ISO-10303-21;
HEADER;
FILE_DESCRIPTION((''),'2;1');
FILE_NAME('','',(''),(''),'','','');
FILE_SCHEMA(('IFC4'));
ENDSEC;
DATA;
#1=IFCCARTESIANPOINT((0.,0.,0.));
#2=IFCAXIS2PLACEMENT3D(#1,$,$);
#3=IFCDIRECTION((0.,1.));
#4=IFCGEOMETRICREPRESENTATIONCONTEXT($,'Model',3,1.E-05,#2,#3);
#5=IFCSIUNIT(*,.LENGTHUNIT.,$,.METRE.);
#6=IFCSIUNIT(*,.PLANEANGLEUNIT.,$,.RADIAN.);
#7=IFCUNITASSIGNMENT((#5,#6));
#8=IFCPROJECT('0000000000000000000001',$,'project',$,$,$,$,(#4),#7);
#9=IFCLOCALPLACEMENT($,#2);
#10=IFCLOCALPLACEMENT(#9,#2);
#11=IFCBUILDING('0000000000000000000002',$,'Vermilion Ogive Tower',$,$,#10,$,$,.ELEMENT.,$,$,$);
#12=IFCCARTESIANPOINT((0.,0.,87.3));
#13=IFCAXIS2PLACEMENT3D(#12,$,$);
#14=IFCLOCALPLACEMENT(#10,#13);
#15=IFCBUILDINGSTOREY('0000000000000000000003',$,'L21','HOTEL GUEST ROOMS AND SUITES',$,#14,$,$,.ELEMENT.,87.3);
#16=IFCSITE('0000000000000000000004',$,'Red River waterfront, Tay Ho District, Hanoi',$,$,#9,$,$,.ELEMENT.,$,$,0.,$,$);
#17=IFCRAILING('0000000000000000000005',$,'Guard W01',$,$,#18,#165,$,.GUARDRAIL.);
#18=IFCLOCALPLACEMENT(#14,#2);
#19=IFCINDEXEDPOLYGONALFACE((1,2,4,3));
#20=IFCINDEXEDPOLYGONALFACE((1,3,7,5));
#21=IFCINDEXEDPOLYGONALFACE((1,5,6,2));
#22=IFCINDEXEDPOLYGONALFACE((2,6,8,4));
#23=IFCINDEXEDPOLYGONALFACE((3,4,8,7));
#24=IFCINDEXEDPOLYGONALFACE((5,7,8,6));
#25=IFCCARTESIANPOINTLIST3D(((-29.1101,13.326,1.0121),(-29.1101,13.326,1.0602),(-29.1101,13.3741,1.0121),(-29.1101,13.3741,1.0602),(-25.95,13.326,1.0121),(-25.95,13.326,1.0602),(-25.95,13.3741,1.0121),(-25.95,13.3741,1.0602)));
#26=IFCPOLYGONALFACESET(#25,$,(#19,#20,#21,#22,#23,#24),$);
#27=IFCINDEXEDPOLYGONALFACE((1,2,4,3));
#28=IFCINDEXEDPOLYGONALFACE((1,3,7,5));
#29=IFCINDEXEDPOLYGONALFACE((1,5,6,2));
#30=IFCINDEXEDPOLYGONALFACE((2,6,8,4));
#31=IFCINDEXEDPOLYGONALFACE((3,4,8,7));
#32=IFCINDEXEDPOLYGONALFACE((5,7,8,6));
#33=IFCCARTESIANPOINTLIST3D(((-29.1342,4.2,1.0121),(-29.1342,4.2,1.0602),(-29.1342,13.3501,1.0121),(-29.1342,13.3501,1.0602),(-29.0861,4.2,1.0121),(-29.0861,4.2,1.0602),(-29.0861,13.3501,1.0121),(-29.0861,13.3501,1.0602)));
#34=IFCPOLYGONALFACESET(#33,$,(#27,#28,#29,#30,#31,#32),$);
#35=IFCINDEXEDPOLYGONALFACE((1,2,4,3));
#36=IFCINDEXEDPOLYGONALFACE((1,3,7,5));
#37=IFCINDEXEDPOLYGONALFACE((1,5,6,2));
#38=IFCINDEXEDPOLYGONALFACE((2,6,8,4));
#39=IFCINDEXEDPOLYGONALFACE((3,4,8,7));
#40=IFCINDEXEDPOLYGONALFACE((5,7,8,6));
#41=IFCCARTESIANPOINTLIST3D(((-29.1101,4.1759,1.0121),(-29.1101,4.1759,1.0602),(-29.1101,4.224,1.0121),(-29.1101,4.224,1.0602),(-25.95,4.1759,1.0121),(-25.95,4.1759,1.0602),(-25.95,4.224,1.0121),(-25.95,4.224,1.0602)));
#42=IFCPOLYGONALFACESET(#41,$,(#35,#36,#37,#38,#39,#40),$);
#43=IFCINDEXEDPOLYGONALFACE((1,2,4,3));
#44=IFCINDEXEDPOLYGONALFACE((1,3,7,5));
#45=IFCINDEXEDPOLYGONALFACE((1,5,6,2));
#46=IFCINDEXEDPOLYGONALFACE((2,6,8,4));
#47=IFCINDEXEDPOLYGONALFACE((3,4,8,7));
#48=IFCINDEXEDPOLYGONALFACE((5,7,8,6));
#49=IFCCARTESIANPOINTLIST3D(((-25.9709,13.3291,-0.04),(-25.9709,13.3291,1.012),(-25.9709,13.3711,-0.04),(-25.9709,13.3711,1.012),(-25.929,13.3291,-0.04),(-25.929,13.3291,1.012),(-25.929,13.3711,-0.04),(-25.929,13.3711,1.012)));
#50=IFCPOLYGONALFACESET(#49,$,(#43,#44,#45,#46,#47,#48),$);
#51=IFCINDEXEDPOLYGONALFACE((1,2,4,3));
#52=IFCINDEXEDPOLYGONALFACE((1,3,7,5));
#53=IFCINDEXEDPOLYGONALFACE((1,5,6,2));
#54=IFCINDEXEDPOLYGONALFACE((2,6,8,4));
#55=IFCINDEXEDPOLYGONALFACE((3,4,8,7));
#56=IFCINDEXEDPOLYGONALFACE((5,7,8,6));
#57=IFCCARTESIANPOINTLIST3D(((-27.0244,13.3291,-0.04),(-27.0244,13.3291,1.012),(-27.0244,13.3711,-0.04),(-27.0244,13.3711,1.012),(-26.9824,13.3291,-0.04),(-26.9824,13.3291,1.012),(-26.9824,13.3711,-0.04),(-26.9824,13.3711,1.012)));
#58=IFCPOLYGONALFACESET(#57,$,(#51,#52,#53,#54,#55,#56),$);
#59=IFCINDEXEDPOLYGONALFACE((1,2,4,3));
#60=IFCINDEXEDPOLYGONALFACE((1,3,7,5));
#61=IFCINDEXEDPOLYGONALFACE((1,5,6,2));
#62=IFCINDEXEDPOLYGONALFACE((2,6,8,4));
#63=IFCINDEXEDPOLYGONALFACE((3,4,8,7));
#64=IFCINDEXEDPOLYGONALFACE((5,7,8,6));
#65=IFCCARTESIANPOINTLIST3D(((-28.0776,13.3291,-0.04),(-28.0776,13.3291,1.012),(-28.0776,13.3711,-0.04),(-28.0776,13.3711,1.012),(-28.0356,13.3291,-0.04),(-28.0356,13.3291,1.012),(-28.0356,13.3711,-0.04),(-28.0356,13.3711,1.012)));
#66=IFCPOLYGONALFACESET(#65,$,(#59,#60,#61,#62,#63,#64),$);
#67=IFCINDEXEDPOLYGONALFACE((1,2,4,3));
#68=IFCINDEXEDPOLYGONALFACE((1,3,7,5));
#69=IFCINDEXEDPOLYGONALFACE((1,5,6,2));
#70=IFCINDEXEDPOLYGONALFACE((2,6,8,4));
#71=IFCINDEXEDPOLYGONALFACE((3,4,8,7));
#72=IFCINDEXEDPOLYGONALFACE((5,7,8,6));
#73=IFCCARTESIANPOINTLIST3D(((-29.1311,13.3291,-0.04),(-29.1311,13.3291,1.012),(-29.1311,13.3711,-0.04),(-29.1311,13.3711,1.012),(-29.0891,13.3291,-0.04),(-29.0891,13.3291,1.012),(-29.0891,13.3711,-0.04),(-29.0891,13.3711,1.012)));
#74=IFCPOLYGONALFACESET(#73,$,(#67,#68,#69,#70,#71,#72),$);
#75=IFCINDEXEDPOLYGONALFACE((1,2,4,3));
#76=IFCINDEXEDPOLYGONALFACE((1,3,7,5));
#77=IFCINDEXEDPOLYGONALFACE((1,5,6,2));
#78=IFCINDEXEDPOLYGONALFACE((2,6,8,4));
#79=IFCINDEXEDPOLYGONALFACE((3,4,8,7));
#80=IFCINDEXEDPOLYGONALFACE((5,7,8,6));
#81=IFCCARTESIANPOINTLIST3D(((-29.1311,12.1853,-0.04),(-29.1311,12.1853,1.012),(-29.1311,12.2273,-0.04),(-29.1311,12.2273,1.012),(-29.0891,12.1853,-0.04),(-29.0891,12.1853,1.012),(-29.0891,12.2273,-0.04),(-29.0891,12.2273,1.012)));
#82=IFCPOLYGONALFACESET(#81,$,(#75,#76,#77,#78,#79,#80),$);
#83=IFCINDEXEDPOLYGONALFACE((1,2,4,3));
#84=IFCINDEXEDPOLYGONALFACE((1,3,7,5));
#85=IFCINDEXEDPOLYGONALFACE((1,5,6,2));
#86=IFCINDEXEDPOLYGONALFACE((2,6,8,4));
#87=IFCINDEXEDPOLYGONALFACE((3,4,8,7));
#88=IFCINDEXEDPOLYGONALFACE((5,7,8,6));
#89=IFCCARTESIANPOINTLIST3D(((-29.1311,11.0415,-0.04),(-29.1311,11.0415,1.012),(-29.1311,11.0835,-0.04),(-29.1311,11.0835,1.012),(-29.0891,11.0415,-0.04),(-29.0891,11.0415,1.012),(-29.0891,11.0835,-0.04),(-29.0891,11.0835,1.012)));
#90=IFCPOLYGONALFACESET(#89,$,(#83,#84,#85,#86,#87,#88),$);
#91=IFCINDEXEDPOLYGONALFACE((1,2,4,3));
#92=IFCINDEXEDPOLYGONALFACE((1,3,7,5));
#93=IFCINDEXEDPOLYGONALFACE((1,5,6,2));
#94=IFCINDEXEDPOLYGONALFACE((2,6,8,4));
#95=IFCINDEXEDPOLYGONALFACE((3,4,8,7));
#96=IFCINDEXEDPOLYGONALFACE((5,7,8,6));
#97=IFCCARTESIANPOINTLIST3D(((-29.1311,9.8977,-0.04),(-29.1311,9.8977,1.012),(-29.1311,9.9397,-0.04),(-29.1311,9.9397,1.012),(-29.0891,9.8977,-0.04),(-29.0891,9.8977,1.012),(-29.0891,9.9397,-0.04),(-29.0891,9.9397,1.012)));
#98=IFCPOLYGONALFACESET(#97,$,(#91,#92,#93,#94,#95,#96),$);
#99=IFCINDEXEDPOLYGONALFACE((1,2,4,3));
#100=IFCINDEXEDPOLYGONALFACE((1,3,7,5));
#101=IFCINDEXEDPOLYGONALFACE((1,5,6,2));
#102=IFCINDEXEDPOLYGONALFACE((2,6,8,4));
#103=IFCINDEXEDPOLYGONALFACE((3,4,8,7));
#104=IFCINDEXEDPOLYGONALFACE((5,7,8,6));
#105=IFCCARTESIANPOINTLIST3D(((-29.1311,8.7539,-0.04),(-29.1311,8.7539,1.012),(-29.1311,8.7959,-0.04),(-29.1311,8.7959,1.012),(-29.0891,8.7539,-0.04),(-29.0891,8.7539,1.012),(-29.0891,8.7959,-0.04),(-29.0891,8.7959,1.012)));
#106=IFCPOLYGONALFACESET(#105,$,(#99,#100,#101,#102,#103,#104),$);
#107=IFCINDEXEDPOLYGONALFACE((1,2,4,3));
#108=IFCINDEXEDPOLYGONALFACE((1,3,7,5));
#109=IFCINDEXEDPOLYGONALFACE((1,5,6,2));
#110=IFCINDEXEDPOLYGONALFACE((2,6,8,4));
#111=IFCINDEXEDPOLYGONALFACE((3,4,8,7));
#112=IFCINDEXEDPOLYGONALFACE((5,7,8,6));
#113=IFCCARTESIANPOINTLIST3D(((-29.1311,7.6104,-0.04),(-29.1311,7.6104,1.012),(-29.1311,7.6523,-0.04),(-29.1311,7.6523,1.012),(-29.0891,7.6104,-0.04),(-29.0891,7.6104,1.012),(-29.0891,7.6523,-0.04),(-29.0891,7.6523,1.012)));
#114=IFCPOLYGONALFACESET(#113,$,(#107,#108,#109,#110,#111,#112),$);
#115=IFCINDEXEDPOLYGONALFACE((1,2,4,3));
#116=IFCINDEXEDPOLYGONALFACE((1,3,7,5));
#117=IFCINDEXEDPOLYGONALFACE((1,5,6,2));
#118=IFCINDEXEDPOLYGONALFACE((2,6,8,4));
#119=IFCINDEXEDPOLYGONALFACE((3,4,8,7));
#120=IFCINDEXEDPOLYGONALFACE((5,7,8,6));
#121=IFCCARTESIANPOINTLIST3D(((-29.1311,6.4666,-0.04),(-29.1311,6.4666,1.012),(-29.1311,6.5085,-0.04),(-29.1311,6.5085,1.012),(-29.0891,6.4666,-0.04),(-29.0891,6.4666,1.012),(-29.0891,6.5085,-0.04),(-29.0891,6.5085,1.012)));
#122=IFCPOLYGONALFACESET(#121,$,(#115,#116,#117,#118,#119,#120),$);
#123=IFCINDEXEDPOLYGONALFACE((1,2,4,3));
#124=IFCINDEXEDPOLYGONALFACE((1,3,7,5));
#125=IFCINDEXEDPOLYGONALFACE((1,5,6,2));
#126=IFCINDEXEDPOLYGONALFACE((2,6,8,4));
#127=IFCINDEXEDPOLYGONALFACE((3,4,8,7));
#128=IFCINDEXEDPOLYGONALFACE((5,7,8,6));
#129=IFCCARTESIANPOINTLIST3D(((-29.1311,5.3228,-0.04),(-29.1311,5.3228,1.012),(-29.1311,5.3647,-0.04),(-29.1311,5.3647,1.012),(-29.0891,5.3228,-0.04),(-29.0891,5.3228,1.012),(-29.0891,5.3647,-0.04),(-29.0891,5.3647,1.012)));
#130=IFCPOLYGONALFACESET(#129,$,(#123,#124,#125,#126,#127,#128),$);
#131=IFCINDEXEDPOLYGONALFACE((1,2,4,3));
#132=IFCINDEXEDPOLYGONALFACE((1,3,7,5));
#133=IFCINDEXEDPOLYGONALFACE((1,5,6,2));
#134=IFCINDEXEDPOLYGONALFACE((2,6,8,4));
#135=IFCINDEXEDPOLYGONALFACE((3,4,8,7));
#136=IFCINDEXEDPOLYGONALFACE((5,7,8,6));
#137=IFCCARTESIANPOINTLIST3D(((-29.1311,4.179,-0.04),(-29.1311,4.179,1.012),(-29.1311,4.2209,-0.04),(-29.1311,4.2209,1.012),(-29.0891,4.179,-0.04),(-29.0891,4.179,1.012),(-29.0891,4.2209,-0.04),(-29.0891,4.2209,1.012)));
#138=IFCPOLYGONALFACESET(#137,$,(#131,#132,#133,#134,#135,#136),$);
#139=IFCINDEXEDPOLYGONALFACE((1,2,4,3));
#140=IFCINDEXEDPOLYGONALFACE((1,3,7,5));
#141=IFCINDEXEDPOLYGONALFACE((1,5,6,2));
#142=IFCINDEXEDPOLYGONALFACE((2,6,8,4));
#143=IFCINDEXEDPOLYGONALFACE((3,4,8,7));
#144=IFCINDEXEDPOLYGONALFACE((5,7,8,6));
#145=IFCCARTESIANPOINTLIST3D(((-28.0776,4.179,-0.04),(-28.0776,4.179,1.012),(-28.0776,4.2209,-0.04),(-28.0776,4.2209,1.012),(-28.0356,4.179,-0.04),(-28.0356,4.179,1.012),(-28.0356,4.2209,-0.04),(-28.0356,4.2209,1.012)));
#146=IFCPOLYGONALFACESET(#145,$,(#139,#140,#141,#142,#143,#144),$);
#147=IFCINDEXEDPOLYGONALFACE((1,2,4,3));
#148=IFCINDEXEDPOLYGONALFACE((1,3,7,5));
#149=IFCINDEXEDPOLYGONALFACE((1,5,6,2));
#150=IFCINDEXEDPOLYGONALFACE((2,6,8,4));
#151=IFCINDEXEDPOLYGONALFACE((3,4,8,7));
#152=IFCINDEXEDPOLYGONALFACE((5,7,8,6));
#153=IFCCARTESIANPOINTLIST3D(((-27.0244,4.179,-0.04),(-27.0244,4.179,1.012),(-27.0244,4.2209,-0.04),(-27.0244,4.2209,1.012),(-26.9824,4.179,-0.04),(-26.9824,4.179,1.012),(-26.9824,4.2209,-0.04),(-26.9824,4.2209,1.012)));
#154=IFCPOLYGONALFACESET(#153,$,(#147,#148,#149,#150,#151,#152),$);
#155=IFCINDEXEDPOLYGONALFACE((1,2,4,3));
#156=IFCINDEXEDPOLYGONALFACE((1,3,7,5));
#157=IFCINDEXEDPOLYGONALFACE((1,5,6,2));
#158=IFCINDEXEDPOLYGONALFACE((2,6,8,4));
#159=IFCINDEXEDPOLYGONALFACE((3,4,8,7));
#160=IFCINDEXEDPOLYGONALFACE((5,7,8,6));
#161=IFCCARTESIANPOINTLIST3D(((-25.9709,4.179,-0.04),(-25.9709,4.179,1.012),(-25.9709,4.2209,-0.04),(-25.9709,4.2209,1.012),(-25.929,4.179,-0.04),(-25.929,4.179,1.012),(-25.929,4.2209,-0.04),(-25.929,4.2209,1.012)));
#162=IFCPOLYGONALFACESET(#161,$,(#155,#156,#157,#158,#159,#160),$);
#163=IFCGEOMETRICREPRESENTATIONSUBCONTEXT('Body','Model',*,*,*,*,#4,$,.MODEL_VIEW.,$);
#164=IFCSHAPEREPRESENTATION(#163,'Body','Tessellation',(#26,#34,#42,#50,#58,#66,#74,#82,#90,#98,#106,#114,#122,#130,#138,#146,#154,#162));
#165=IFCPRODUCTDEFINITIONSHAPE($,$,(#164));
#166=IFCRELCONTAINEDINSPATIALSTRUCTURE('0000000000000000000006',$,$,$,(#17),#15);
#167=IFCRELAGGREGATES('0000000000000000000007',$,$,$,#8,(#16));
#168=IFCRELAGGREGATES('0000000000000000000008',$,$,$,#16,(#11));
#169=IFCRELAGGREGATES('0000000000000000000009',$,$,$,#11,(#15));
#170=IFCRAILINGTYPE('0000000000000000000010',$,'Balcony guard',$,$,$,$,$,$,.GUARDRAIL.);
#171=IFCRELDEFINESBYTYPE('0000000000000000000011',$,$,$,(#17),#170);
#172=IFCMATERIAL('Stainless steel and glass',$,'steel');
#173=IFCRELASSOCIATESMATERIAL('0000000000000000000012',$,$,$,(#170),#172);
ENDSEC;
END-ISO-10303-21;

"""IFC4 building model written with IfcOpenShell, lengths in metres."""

from ifc_helpers import new_model, si_unit, direction, frame, origin, origin_2d, place, context, subcontext, project, spatial, rectangle, extrude, material, type_object, element, save


model = new_model("IFC4")

# Units and contexts
model_context = context("Model", 3, precision=1e-05, world=origin(), true_north=direction((0.0, 1.0)))
body_context = subcontext(model_context, "Body", "Model", "MODEL_VIEW")
ifc_project = project(units=[si_unit("LENGTHUNIT", "METRE"), si_unit("PLANEANGLEUNIT", "RADIAN")], contexts=[model_context])

# Site, building, storey
site_placement = place(None, origin())
site = spatial("IfcSite", under=ifc_project, at=site_placement, Name="Red River waterfront, Tay Ho District, Hanoi", CompositionType="ELEMENT", RefElevation=0.0)
building_placement = place(site_placement, origin())
building = spatial("IfcBuilding", under=site, at=building_placement, Name="Vermilion Ogive Tower", CompositionType="ELEMENT")
storey_placement = place(building_placement, frame((0.0, 0.0, 87.3)))
storey = spatial("IfcBuildingStorey", under=building, at=storey_placement, Name="L21", Description="HOTEL GUEST ROOMS AND SUITES", CompositionType="ELEMENT", Elevation=87.3)

# Railing
ifc_material_1 = material(Name="Stainless steel and glass", Category="steel")
railing_type = type_object("IfcRailingType", Name="Balcony guard", PredefinedType="GUARDRAIL", material=ifc_material_1)
railing_1_placement = place(storey_placement, frame((-25.95, 13.3501, -0.04)))
element("IfcRailing", 1, at=railing_1_placement, inside=storey, type_object=railing_type, Name="Guard W01", PredefinedType="GUARDRAIL", context=body_context, shape_type="SweptSolid", body=[
    extrude(rectangle(XDim=0.0481, YDim=0.0481, at=origin_2d()), frame((0.0, 0.0, 1.0762), z_axis=(-1.0, 0.0, 0.0), x_axis=(0.0, -1.0, 0.0)), (0.0, 0.0, 1.0), 3.1602),
    extrude(rectangle(XDim=0.0481, YDim=0.0481, at=origin_2d()), frame((-3.1602, 0.0, 1.0762), z_axis=(0.0, -1.0, 0.0), x_axis=(1.0, 0.0, 0.0)), (0.0, 0.0, 1.0), 9.1501),
    extrude(rectangle(XDim=0.0481, YDim=0.0481, at=origin_2d()), frame((-3.1602, -9.1501, 1.0762), z_axis=(1.0, 0.0, 0.0), x_axis=(0.0, 1.0, 0.0)), (0.0, 0.0, 1.0), 3.1602),
    extrude(rectangle(XDim=0.042, YDim=0.042, at=origin_2d()), origin(), (0.0, 0.0, 1.0), 1.052),
    extrude(rectangle(XDim=0.042, YDim=0.042, at=origin_2d()), frame((-1.0535, 0.0, 0.0)), (0.0, 0.0, 1.0), 1.052),
    extrude(rectangle(XDim=0.042, YDim=0.042, at=origin_2d()), frame((-2.1067, 0.0, 0.0)), (0.0, 0.0, 1.0), 1.052),
    extrude(rectangle(XDim=0.042, YDim=0.042, at=origin_2d()), frame((-3.1602, 0.0, 0.0)), (0.0, 0.0, 1.0), 1.052),
    extrude(rectangle(XDim=0.042, YDim=0.042, at=origin_2d()), frame((-3.1602, -1.1438, 0.0)), (0.0, 0.0, 1.0), 1.052),
    extrude(rectangle(XDim=0.042, YDim=0.042, at=origin_2d()), frame((-3.1602, -2.2876, 0.0)), (0.0, 0.0, 1.0), 1.052),
    extrude(rectangle(XDim=0.042, YDim=0.042, at=origin_2d()), frame((-3.1602, -3.4314, 0.0)), (0.0, 0.0, 1.0), 1.052),
    extrude(rectangle(XDim=0.042, YDim=0.042, at=origin_2d()), frame((-3.1602, -4.5752, 0.0)), (0.0, 0.0, 1.0), 1.052),
    extrude(rectangle(XDim=0.042, YDim=0.042, at=origin_2d()), frame((-3.1602, -5.7188, 0.0)), (0.0, 0.0, 1.0), 1.052),
    extrude(rectangle(XDim=0.042, YDim=0.042, at=origin_2d()), frame((-3.1602, -6.8625, 0.0)), (0.0, 0.0, 1.0), 1.052),
    extrude(rectangle(XDim=0.042, YDim=0.042, at=origin_2d()), frame((-3.1602, -8.0063, 0.0)), (0.0, 0.0, 1.0), 1.052),
    extrude(rectangle(XDim=0.042, YDim=0.042, at=origin_2d()), frame((-3.1602, -9.1501, 0.0)), (0.0, 0.0, 1.0), 1.052),
    extrude(rectangle(XDim=0.042, YDim=0.042, at=origin_2d()), frame((-2.1067, -9.1501, 0.0)), (0.0, 0.0, 1.0), 1.052),
    extrude(rectangle(XDim=0.042, YDim=0.042, at=origin_2d()), frame((-1.0535, -9.1501, 0.0)), (0.0, 0.0, 1.0), 1.052),
    extrude(rectangle(XDim=0.042, YDim=0.042, at=origin_2d()), frame((0.0, -9.1501, 0.0)), (0.0, 0.0, 1.0), 1.052),
])

save(model, "model.ifc")
